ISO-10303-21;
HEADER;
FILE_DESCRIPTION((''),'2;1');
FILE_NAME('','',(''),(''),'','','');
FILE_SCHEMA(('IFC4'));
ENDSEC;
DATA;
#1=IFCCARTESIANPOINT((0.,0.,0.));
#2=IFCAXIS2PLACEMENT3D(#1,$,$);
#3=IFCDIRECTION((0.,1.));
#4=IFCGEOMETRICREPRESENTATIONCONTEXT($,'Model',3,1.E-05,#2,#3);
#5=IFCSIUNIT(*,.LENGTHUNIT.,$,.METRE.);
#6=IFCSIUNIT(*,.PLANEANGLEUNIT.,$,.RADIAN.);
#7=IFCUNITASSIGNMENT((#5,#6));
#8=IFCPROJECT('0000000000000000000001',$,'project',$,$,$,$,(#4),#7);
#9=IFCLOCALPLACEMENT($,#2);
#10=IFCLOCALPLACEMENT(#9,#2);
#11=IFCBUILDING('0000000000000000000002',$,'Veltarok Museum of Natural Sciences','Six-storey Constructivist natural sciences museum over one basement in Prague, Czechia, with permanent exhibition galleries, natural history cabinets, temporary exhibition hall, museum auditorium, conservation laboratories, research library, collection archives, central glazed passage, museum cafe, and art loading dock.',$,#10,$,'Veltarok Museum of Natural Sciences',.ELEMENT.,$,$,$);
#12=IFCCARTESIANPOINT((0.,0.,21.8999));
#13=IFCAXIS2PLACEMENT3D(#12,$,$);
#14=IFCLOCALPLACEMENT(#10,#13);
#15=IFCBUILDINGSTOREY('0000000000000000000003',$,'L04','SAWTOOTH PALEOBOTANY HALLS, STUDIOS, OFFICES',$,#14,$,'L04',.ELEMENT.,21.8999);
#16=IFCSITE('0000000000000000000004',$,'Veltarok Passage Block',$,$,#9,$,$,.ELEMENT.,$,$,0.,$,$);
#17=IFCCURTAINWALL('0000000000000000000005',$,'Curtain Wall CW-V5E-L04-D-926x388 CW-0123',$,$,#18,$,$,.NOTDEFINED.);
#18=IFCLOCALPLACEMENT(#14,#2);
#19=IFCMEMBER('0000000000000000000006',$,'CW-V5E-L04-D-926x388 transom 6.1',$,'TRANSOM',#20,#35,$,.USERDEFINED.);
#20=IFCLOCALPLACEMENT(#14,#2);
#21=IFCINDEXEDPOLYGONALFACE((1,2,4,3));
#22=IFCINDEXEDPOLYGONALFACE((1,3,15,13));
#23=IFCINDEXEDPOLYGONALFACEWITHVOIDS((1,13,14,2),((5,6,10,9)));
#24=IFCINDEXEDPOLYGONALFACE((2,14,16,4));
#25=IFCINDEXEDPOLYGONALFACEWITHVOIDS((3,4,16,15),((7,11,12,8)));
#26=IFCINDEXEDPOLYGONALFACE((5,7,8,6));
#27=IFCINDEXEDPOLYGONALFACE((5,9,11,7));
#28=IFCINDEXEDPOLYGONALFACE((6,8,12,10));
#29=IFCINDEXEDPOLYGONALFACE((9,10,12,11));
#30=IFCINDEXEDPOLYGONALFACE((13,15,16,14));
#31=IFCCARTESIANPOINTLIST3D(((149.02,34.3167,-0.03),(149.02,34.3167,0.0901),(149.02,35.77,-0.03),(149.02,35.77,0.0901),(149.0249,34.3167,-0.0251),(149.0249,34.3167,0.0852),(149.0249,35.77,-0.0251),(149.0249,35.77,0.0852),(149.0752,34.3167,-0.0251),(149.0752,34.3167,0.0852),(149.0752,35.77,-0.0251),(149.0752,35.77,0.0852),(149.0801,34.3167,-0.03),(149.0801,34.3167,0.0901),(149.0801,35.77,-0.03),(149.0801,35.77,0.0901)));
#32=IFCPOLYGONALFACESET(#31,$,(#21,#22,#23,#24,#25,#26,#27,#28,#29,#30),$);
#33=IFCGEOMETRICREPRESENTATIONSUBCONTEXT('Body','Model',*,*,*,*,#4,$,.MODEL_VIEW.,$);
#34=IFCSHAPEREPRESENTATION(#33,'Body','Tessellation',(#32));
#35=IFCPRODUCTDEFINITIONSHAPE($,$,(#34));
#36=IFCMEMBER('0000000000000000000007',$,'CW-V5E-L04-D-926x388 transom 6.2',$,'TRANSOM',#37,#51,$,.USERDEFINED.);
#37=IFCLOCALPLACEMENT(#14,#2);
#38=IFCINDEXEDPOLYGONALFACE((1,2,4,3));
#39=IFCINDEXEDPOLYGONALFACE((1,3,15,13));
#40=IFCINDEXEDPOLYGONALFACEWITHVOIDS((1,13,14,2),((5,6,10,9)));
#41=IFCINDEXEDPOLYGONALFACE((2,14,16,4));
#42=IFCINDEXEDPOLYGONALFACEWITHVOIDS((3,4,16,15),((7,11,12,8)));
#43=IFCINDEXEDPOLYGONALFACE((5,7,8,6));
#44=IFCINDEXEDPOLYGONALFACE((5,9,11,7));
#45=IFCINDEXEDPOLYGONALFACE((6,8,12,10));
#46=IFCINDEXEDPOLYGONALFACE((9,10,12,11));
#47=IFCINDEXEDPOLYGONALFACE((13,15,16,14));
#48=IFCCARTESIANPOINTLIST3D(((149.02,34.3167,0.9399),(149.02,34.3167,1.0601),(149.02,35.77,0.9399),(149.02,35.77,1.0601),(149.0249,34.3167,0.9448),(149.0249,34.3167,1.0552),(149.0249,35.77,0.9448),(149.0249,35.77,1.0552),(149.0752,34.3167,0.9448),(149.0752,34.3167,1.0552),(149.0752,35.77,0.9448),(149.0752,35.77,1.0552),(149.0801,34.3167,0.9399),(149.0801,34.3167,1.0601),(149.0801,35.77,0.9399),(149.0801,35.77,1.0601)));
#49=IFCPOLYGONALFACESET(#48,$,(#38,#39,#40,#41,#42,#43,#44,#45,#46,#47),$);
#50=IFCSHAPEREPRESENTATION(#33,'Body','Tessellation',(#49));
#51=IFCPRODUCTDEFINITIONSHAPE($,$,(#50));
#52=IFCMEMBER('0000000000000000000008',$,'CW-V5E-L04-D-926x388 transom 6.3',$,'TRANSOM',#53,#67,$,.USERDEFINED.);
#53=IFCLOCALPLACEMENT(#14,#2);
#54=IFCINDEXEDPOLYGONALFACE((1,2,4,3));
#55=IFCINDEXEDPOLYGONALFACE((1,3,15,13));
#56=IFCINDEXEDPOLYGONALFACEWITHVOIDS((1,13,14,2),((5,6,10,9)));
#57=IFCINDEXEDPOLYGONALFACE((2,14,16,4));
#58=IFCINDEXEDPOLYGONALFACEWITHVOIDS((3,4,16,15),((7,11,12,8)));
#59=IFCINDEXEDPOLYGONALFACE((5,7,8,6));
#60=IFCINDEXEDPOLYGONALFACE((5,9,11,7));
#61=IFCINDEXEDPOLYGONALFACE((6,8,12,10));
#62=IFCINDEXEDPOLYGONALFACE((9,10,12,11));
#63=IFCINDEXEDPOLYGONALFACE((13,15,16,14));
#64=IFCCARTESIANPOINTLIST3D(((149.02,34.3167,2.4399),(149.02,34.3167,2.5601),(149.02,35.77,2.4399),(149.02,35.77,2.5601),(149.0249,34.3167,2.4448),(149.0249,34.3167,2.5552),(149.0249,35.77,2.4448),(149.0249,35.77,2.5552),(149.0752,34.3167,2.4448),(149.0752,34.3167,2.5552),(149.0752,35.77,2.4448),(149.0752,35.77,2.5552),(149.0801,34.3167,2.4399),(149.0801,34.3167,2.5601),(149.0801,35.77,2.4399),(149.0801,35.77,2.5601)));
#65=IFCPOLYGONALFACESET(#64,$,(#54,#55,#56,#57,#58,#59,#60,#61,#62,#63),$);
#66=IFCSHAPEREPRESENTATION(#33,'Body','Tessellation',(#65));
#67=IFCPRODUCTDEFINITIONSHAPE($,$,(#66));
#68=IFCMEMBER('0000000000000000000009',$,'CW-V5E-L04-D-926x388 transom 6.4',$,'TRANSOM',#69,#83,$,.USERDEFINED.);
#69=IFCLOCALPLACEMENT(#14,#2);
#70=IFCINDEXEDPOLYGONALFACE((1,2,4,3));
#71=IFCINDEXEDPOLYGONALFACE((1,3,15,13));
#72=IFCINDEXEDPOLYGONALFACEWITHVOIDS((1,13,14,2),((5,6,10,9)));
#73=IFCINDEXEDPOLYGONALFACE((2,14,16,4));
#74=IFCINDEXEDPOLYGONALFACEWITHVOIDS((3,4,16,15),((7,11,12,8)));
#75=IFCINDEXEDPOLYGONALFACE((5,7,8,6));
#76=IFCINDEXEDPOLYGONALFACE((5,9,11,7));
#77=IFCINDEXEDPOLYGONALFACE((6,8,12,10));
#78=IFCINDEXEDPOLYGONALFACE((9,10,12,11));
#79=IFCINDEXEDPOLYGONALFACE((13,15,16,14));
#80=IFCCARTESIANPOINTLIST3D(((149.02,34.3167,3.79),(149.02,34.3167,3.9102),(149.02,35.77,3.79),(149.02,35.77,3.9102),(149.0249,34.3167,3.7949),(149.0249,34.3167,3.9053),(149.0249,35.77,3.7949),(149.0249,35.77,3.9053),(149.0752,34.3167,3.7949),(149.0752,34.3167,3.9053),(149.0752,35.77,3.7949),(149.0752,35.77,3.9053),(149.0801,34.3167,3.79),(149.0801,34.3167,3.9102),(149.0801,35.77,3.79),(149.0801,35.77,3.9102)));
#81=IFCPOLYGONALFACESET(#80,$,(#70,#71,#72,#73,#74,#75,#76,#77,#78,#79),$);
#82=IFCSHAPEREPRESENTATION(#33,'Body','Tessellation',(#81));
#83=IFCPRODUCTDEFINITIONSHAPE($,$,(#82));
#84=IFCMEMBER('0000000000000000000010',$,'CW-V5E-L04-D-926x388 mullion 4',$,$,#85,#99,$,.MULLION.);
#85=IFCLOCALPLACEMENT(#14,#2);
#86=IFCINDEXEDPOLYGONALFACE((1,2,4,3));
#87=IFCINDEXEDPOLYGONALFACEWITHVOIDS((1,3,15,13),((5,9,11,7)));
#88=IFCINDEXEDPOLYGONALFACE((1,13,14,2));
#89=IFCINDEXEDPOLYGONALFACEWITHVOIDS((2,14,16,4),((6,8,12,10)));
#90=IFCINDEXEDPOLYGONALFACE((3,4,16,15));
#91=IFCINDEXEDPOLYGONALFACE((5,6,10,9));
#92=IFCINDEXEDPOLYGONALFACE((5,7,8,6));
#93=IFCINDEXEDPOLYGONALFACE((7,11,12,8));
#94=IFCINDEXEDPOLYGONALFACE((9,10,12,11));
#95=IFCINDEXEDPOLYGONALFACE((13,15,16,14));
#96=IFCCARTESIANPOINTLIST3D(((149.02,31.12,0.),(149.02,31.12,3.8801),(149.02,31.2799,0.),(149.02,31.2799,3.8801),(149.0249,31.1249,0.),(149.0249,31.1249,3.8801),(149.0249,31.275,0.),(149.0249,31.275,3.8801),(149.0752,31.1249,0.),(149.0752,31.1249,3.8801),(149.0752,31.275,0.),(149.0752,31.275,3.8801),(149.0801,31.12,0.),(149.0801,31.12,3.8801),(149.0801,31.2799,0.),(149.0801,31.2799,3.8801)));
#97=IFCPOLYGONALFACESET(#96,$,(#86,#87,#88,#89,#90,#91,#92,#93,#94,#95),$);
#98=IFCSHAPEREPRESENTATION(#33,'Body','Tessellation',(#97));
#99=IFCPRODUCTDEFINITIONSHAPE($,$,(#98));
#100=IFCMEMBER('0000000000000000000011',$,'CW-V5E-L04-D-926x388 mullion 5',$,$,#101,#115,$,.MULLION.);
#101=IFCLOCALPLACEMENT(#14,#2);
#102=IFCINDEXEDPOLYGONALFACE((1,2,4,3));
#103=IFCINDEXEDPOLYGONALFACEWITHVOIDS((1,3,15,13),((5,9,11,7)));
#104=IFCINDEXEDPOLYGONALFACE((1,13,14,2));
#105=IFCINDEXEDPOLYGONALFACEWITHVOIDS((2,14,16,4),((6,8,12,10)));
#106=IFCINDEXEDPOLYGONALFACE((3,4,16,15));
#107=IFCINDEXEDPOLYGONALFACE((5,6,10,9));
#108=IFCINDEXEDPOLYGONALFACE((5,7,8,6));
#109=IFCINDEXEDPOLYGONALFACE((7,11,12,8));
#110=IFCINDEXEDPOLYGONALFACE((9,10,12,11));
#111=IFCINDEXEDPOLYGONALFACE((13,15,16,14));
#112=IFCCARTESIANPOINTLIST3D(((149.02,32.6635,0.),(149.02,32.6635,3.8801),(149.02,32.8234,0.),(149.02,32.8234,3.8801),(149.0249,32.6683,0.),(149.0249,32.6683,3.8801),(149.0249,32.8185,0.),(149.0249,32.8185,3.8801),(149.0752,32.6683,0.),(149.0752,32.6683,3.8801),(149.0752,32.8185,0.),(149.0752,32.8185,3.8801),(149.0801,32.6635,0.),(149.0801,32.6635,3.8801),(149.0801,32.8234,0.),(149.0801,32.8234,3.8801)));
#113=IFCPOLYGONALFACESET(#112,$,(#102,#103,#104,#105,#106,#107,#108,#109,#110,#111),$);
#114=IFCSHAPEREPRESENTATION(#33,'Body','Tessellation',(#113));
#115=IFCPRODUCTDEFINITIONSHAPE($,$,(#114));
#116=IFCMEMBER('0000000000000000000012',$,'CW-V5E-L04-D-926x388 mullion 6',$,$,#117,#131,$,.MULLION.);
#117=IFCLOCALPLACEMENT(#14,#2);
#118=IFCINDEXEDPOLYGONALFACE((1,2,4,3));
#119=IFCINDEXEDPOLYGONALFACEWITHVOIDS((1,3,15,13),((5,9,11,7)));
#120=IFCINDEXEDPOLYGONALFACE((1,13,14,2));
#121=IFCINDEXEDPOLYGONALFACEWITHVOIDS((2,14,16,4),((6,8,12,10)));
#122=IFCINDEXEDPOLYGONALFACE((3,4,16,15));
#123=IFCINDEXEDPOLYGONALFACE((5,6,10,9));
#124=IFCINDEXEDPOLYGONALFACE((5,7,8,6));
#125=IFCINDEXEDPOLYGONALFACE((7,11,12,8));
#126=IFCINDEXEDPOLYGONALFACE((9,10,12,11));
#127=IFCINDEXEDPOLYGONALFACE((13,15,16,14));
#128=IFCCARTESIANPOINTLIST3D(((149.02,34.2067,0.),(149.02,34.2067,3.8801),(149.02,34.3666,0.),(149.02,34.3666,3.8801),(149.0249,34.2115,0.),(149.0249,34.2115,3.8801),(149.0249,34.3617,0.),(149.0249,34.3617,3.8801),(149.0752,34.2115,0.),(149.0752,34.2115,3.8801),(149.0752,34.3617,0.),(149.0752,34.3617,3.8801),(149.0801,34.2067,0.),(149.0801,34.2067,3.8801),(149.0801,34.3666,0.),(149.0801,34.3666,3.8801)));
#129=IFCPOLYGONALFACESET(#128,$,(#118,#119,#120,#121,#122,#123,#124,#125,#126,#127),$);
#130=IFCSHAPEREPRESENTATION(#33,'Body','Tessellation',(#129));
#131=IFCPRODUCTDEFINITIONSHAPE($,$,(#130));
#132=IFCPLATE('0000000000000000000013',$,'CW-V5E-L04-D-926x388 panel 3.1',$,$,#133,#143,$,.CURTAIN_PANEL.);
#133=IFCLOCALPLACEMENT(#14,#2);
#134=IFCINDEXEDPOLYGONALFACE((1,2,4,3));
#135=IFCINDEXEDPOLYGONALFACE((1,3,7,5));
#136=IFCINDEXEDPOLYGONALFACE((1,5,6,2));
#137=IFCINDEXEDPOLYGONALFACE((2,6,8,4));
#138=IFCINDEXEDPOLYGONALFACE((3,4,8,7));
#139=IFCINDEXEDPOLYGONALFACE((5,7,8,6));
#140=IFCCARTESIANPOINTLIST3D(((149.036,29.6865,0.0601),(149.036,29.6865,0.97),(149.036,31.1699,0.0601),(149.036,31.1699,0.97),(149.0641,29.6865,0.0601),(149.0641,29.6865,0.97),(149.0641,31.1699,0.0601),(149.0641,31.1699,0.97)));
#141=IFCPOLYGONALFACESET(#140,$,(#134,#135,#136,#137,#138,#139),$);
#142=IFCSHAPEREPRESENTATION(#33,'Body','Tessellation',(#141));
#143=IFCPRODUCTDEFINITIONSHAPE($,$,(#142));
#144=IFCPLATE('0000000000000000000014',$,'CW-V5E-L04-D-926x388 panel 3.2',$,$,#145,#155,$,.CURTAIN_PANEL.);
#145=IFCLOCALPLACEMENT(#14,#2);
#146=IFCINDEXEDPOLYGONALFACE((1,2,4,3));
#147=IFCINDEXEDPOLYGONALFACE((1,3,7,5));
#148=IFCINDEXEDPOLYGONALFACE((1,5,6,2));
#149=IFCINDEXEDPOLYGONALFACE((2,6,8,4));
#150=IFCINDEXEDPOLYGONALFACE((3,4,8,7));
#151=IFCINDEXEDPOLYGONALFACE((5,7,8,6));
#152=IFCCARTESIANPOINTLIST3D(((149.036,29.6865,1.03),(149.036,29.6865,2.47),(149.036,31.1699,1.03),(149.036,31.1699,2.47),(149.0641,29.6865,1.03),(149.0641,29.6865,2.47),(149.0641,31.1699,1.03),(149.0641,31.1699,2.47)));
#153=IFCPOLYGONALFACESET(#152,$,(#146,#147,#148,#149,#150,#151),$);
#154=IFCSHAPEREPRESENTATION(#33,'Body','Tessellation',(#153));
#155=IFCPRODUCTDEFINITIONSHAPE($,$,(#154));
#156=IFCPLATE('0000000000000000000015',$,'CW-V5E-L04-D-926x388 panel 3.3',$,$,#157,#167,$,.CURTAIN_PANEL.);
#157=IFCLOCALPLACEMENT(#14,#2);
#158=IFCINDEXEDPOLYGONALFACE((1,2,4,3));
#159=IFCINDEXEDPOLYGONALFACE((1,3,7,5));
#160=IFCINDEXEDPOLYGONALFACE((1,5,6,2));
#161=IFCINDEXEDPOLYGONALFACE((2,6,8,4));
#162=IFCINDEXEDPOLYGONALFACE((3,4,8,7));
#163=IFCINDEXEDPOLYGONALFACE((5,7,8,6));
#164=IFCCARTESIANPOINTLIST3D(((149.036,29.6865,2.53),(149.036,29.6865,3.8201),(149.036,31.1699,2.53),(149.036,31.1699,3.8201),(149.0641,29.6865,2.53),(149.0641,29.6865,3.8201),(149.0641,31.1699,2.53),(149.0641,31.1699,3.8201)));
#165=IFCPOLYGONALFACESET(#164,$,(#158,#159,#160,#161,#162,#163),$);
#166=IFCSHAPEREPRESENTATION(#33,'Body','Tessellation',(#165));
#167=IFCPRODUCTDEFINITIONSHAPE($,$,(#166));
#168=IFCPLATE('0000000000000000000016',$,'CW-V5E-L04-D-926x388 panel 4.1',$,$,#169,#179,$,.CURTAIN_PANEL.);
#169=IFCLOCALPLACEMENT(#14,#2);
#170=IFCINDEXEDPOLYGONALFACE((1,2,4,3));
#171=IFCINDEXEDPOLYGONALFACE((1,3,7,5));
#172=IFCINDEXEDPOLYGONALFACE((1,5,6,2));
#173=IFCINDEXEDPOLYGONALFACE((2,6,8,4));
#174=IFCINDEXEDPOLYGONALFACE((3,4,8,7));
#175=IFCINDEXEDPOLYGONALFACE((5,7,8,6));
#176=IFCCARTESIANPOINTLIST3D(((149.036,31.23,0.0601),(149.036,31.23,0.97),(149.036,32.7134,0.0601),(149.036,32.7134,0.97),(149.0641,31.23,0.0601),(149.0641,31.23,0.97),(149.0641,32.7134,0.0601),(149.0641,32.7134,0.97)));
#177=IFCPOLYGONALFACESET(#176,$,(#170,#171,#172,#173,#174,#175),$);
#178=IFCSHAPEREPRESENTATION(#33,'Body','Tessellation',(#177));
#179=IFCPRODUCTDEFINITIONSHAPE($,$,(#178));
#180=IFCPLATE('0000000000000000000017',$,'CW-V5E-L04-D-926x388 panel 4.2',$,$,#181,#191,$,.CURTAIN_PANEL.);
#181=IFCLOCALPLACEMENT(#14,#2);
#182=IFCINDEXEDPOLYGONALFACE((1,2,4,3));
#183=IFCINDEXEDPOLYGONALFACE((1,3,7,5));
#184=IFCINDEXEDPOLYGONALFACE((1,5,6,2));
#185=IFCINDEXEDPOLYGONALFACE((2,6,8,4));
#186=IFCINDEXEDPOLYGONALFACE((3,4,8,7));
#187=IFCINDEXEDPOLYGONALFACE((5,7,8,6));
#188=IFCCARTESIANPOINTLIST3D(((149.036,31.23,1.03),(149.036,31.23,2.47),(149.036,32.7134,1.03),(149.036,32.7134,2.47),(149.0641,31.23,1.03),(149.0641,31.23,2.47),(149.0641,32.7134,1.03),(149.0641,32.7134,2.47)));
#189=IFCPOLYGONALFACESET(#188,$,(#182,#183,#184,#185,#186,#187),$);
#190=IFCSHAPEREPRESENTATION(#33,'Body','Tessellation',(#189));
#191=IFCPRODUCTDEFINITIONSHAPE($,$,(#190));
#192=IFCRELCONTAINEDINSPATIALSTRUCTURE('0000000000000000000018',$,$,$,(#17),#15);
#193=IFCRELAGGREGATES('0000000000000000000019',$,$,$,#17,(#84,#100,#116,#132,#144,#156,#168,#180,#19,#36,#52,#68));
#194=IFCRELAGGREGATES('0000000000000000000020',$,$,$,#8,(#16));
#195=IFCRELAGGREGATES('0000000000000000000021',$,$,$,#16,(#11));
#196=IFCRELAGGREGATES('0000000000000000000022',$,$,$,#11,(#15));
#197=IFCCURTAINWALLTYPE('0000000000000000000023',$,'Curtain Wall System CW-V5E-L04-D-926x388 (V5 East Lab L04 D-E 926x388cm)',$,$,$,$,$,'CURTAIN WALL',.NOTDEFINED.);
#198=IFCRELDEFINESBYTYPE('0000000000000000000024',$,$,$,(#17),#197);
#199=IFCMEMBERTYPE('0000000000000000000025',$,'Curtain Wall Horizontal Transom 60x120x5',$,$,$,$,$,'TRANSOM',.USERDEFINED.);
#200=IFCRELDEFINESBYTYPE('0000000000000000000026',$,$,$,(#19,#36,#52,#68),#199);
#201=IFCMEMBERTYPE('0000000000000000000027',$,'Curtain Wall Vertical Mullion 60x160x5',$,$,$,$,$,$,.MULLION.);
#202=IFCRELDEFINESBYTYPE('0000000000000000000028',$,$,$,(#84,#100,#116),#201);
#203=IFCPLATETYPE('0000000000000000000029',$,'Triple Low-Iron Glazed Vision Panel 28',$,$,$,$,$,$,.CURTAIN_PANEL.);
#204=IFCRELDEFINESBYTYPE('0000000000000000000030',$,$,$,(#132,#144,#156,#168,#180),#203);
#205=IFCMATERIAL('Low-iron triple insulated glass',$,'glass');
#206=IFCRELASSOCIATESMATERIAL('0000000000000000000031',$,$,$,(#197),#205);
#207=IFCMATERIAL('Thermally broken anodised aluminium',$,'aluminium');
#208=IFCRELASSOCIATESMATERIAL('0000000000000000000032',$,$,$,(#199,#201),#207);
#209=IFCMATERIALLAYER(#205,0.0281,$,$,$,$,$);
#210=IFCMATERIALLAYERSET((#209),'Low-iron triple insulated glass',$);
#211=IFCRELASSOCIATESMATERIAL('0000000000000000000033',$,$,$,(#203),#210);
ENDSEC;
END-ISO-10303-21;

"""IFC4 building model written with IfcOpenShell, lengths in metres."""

from ifc_helpers import new_model, si_unit, direction, frame, origin, origin_2d, place, context, subcontext, project, spatial, rectangle, hollow_rectangle, extrude, material, layer, layer_set, material_profile, profile_set, type_object, element, aggregate, save


model = new_model("IFC4")

# Units and contexts
model_context = context("Model", 3, precision=1e-05, world=origin(), true_north=direction((0.0, 1.0)))
body_context = subcontext(model_context, "Body", "Model", "MODEL_VIEW")
ifc_project = project(units=[si_unit("LENGTHUNIT", "METRE"), si_unit("PLANEANGLEUNIT", "RADIAN")], contexts=[model_context])

# Site, building, storey
site_placement = place(None, origin())
site = spatial("IfcSite", under=ifc_project, at=site_placement, Name="Veltarok Passage Block", CompositionType="ELEMENT", RefElevation=0.0)
building_placement = place(site_placement, origin())
building = spatial("IfcBuilding", under=site, at=building_placement, Name="Veltarok Museum of Natural Sciences", Description="Six-storey Constructivist natural sciences museum over one basement in Prague, Czechia, with permanent exhibition galleries, natural history cabinets, temporary exhibition hall, museum auditorium, conservation laboratories, research library, collection archives, central glazed passage, museum cafe, and art loading dock.", LongName="Veltarok Museum of Natural Sciences", CompositionType="ELEMENT")
storey_placement = place(building_placement, frame((0.0, 0.0, 21.8999)))
storey = spatial("IfcBuildingStorey", under=building, at=storey_placement, Name="L04", Description="SAWTOOTH PALEOBOTANY HALLS, STUDIOS, OFFICES", LongName="L04", CompositionType="ELEMENT", Elevation=21.8999)

# Curtain wall, members, plates
ifc_material_1 = material(Name="Low-iron triple insulated glass", Category="glass")
curtain_wall_type = type_object("IfcCurtainWallType", Name="Curtain Wall System CW-V5E-L04-D-926x388 (V5 East Lab L04 D-E 926x388cm)", ElementType="CURTAIN WALL", PredefinedType="NOTDEFINED", material=ifc_material_1)
curtain_wall_placement = place(storey_placement, origin())
curtain_wall = element("IfcCurtainWall", 1, at=curtain_wall_placement, inside=storey, type_object=curtain_wall_type, Name="Curtain Wall CW-V5E-L04-D-926x388 CW-0123", PredefinedType="NOTDEFINED")
ifc_material_2 = material(Name="Thermally broken anodised aluminium", Category="aluminium")
ifc_material_profile_1 = material_profile(ifc_material_2, hollow_rectangle(XDim=0.0601, YDim=0.1201, WallThickness=0.0049, at=origin_2d()), Name="CW TRANSOM 60x120x5")
ifc_profile_set_1 = profile_set([ifc_material_profile_1], Name="Thermally broken anodised aluminium")
member_type_1 = type_object("IfcMemberType", Name="Curtain Wall Horizontal Transom 60x120x5", ElementType="TRANSOM", PredefinedType="USERDEFINED", material=ifc_profile_set_1)
member_1_placement = place(storey_placement, frame((149.05, 34.3167, 0.03), z_axis=(0.0, 1.0, 0.0), x_axis=(-1.0, 0.0, 0.0)))
member_1 = element("IfcMember", 2, at=member_1_placement, type_object=member_type_1, Name="CW-V5E-L04-D-926x388 transom 6.1", ObjectType="TRANSOM", PredefinedType="USERDEFINED", context=body_context, shape_type="SweptSolid", body=[
    extrude(hollow_rectangle(XDim=0.0601, YDim=0.1201, WallThickness=0.0049, at=origin_2d()), origin(), (0.0, 0.0, 1.0), 1.4534),
])
member_2_placement = place(storey_placement, frame((149.05, 34.3167, 1.0), z_axis=(0.0, 1.0, 0.0), x_axis=(-1.0, 0.0, 0.0)))
member_2 = element("IfcMember", 3, at=member_2_placement, type_object=member_type_1, Name="CW-V5E-L04-D-926x388 transom 6.2", ObjectType="TRANSOM", PredefinedType="USERDEFINED", context=body_context, shape_type="SweptSolid", body=[
    extrude(hollow_rectangle(XDim=0.0601, YDim=0.1201, WallThickness=0.0049, at=origin_2d()), origin(), (0.0, 0.0, 1.0), 1.4534),
])
member_3_placement = place(storey_placement, frame((149.05, 34.3167, 2.5), z_axis=(0.0, 1.0, 0.0), x_axis=(-1.0, 0.0, 0.0)))
member_3 = element("IfcMember", 4, at=member_3_placement, type_object=member_type_1, Name="CW-V5E-L04-D-926x388 transom 6.3", ObjectType="TRANSOM", PredefinedType="USERDEFINED", context=body_context, shape_type="SweptSolid", body=[
    extrude(hollow_rectangle(XDim=0.0601, YDim=0.1201, WallThickness=0.0049, at=origin_2d()), origin(), (0.0, 0.0, 1.0), 1.4534),
])
member_4_placement = place(storey_placement, frame((149.05, 34.3167, 3.8501), z_axis=(0.0, 1.0, 0.0), x_axis=(-1.0, 0.0, 0.0)))
member_4 = element("IfcMember", 5, at=member_4_placement, type_object=member_type_1, Name="CW-V5E-L04-D-926x388 transom 6.4", ObjectType="TRANSOM", PredefinedType="USERDEFINED", context=body_context, shape_type="SweptSolid", body=[
    extrude(hollow_rectangle(XDim=0.0601, YDim=0.1201, WallThickness=0.0049, at=origin_2d()), origin(), (0.0, 0.0, 1.0), 1.4534),
])
ifc_material_profile_2 = material_profile(ifc_material_2, hollow_rectangle(XDim=0.0601, YDim=0.1599, WallThickness=0.0049, at=origin_2d()), Name="CW MULLION 60x160x5")
ifc_profile_set_2 = profile_set([ifc_material_profile_2], Name="Thermally broken anodised aluminium")
member_type_2 = type_object("IfcMemberType", Name="Curtain Wall Vertical Mullion 60x160x5", PredefinedType="MULLION", material=ifc_profile_set_2)
member_5_placement = place(storey_placement, frame((149.05, 31.2, 0.0), z_axis=(0.0, 0.0, 1.0), x_axis=(-1.0, 0.0, 0.0)))
member_5 = element("IfcMember", 6, at=member_5_placement, type_object=member_type_2, Name="CW-V5E-L04-D-926x388 mullion 4", PredefinedType="MULLION", context=body_context, shape_type="SweptSolid", body=[
    extrude(hollow_rectangle(XDim=0.0601, YDim=0.1599, WallThickness=0.0049, at=origin_2d()), origin(), (0.0, 0.0, 1.0), 3.8801),
])
member_6_placement = place(storey_placement, frame((149.05, 32.7434, 0.0), z_axis=(0.0, 0.0, 1.0), x_axis=(-1.0, 0.0, 0.0)))
member_6 = element("IfcMember", 7, at=member_6_placement, type_object=member_type_2, Name="CW-V5E-L04-D-926x388 mullion 5", PredefinedType="MULLION", context=body_context, shape_type="SweptSolid", body=[
    extrude(hollow_rectangle(XDim=0.0601, YDim=0.1599, WallThickness=0.0049, at=origin_2d()), origin(), (0.0, 0.0, 1.0), 3.8801),
])
member_7_placement = place(storey_placement, frame((149.05, 34.2866, 0.0), z_axis=(0.0, 0.0, 1.0), x_axis=(-1.0, 0.0, 0.0)))
member_7 = element("IfcMember", 8, at=member_7_placement, type_object=member_type_2, Name="CW-V5E-L04-D-926x388 mullion 6", PredefinedType="MULLION", context=body_context, shape_type="SweptSolid", body=[
    extrude(hollow_rectangle(XDim=0.0601, YDim=0.1599, WallThickness=0.0049, at=origin_2d()), origin(), (0.0, 0.0, 1.0), 3.8801),
])
ifc_layer = layer(ifc_material_1, 0.0281)
ifc_layer_set = layer_set([ifc_layer], Name="Low-iron triple insulated glass")
plate_type = type_object("IfcPlateType", Name="Triple Low-Iron Glazed Vision Panel 28", PredefinedType="CURTAIN_PANEL", material=ifc_layer_set)
plate_1_placement = place(storey_placement, frame((149.05, 30.4282, 0.0601), z_axis=(0.0, 0.0, 1.0), x_axis=(0.0, 1.0, 0.0)))
plate_1 = element("IfcPlate", 9, at=plate_1_placement, type_object=plate_type, Name="CW-V5E-L04-D-926x388 panel 3.1", PredefinedType="CURTAIN_PANEL", context=body_context, shape_type="SweptSolid", body=[
    extrude(rectangle(XDim=1.4834, YDim=0.0281, at=origin_2d()), origin(), (0.0, 0.0, 1.0), 0.9099),
])
plate_2_placement = place(storey_placement, frame((149.05, 30.4282, 1.03), z_axis=(0.0, 0.0, 1.0), x_axis=(0.0, 1.0, 0.0)))
plate_2 = element("IfcPlate", 10, at=plate_2_placement, type_object=plate_type, Name="CW-V5E-L04-D-926x388 panel 3.2", PredefinedType="CURTAIN_PANEL", context=body_context, shape_type="SweptSolid", body=[
    extrude(rectangle(XDim=1.4834, YDim=0.0281, at=origin_2d()), origin(), (0.0, 0.0, 1.0), 1.4399),
])
plate_3_placement = place(storey_placement, frame((149.05, 30.4282, 2.53), z_axis=(0.0, 0.0, 1.0), x_axis=(0.0, 1.0, 0.0)))
plate_3 = element("IfcPlate", 11, at=plate_3_placement, type_object=plate_type, Name="CW-V5E-L04-D-926x388 panel 3.3", PredefinedType="CURTAIN_PANEL", context=body_context, shape_type="SweptSolid", body=[
    extrude(rectangle(XDim=1.4834, YDim=0.0281, at=origin_2d()), origin(), (0.0, 0.0, 1.0), 1.29),
])
plate_4_placement = place(storey_placement, frame((149.05, 31.9717, 0.0601), z_axis=(0.0, 0.0, 1.0), x_axis=(0.0, 1.0, 0.0)))
plate_4 = element("IfcPlate", 12, at=plate_4_placement, type_object=plate_type, Name="CW-V5E-L04-D-926x388 panel 4.1", PredefinedType="CURTAIN_PANEL", context=body_context, shape_type="SweptSolid", body=[
    extrude(rectangle(XDim=1.4834, YDim=0.0281, at=origin_2d()), origin(), (0.0, 0.0, 1.0), 0.9099),
])
plate_5_placement = place(storey_placement, frame((149.05, 31.9717, 1.03), z_axis=(0.0, 0.0, 1.0), x_axis=(0.0, 1.0, 0.0)))
plate_5 = element("IfcPlate", 13, at=plate_5_placement, type_object=plate_type, Name="CW-V5E-L04-D-926x388 panel 4.2", PredefinedType="CURTAIN_PANEL", context=body_context, shape_type="SweptSolid", body=[
    extrude(rectangle(XDim=1.4834, YDim=0.0281, at=origin_2d()), origin(), (0.0, 0.0, 1.0), 1.4399),
])
aggregate(curtain_wall, [member_5, member_6, member_7, plate_1, plate_2, plate_3, plate_4, plate_5, member_1, member_2, member_3, member_4])

save(model, "model.ifc")
